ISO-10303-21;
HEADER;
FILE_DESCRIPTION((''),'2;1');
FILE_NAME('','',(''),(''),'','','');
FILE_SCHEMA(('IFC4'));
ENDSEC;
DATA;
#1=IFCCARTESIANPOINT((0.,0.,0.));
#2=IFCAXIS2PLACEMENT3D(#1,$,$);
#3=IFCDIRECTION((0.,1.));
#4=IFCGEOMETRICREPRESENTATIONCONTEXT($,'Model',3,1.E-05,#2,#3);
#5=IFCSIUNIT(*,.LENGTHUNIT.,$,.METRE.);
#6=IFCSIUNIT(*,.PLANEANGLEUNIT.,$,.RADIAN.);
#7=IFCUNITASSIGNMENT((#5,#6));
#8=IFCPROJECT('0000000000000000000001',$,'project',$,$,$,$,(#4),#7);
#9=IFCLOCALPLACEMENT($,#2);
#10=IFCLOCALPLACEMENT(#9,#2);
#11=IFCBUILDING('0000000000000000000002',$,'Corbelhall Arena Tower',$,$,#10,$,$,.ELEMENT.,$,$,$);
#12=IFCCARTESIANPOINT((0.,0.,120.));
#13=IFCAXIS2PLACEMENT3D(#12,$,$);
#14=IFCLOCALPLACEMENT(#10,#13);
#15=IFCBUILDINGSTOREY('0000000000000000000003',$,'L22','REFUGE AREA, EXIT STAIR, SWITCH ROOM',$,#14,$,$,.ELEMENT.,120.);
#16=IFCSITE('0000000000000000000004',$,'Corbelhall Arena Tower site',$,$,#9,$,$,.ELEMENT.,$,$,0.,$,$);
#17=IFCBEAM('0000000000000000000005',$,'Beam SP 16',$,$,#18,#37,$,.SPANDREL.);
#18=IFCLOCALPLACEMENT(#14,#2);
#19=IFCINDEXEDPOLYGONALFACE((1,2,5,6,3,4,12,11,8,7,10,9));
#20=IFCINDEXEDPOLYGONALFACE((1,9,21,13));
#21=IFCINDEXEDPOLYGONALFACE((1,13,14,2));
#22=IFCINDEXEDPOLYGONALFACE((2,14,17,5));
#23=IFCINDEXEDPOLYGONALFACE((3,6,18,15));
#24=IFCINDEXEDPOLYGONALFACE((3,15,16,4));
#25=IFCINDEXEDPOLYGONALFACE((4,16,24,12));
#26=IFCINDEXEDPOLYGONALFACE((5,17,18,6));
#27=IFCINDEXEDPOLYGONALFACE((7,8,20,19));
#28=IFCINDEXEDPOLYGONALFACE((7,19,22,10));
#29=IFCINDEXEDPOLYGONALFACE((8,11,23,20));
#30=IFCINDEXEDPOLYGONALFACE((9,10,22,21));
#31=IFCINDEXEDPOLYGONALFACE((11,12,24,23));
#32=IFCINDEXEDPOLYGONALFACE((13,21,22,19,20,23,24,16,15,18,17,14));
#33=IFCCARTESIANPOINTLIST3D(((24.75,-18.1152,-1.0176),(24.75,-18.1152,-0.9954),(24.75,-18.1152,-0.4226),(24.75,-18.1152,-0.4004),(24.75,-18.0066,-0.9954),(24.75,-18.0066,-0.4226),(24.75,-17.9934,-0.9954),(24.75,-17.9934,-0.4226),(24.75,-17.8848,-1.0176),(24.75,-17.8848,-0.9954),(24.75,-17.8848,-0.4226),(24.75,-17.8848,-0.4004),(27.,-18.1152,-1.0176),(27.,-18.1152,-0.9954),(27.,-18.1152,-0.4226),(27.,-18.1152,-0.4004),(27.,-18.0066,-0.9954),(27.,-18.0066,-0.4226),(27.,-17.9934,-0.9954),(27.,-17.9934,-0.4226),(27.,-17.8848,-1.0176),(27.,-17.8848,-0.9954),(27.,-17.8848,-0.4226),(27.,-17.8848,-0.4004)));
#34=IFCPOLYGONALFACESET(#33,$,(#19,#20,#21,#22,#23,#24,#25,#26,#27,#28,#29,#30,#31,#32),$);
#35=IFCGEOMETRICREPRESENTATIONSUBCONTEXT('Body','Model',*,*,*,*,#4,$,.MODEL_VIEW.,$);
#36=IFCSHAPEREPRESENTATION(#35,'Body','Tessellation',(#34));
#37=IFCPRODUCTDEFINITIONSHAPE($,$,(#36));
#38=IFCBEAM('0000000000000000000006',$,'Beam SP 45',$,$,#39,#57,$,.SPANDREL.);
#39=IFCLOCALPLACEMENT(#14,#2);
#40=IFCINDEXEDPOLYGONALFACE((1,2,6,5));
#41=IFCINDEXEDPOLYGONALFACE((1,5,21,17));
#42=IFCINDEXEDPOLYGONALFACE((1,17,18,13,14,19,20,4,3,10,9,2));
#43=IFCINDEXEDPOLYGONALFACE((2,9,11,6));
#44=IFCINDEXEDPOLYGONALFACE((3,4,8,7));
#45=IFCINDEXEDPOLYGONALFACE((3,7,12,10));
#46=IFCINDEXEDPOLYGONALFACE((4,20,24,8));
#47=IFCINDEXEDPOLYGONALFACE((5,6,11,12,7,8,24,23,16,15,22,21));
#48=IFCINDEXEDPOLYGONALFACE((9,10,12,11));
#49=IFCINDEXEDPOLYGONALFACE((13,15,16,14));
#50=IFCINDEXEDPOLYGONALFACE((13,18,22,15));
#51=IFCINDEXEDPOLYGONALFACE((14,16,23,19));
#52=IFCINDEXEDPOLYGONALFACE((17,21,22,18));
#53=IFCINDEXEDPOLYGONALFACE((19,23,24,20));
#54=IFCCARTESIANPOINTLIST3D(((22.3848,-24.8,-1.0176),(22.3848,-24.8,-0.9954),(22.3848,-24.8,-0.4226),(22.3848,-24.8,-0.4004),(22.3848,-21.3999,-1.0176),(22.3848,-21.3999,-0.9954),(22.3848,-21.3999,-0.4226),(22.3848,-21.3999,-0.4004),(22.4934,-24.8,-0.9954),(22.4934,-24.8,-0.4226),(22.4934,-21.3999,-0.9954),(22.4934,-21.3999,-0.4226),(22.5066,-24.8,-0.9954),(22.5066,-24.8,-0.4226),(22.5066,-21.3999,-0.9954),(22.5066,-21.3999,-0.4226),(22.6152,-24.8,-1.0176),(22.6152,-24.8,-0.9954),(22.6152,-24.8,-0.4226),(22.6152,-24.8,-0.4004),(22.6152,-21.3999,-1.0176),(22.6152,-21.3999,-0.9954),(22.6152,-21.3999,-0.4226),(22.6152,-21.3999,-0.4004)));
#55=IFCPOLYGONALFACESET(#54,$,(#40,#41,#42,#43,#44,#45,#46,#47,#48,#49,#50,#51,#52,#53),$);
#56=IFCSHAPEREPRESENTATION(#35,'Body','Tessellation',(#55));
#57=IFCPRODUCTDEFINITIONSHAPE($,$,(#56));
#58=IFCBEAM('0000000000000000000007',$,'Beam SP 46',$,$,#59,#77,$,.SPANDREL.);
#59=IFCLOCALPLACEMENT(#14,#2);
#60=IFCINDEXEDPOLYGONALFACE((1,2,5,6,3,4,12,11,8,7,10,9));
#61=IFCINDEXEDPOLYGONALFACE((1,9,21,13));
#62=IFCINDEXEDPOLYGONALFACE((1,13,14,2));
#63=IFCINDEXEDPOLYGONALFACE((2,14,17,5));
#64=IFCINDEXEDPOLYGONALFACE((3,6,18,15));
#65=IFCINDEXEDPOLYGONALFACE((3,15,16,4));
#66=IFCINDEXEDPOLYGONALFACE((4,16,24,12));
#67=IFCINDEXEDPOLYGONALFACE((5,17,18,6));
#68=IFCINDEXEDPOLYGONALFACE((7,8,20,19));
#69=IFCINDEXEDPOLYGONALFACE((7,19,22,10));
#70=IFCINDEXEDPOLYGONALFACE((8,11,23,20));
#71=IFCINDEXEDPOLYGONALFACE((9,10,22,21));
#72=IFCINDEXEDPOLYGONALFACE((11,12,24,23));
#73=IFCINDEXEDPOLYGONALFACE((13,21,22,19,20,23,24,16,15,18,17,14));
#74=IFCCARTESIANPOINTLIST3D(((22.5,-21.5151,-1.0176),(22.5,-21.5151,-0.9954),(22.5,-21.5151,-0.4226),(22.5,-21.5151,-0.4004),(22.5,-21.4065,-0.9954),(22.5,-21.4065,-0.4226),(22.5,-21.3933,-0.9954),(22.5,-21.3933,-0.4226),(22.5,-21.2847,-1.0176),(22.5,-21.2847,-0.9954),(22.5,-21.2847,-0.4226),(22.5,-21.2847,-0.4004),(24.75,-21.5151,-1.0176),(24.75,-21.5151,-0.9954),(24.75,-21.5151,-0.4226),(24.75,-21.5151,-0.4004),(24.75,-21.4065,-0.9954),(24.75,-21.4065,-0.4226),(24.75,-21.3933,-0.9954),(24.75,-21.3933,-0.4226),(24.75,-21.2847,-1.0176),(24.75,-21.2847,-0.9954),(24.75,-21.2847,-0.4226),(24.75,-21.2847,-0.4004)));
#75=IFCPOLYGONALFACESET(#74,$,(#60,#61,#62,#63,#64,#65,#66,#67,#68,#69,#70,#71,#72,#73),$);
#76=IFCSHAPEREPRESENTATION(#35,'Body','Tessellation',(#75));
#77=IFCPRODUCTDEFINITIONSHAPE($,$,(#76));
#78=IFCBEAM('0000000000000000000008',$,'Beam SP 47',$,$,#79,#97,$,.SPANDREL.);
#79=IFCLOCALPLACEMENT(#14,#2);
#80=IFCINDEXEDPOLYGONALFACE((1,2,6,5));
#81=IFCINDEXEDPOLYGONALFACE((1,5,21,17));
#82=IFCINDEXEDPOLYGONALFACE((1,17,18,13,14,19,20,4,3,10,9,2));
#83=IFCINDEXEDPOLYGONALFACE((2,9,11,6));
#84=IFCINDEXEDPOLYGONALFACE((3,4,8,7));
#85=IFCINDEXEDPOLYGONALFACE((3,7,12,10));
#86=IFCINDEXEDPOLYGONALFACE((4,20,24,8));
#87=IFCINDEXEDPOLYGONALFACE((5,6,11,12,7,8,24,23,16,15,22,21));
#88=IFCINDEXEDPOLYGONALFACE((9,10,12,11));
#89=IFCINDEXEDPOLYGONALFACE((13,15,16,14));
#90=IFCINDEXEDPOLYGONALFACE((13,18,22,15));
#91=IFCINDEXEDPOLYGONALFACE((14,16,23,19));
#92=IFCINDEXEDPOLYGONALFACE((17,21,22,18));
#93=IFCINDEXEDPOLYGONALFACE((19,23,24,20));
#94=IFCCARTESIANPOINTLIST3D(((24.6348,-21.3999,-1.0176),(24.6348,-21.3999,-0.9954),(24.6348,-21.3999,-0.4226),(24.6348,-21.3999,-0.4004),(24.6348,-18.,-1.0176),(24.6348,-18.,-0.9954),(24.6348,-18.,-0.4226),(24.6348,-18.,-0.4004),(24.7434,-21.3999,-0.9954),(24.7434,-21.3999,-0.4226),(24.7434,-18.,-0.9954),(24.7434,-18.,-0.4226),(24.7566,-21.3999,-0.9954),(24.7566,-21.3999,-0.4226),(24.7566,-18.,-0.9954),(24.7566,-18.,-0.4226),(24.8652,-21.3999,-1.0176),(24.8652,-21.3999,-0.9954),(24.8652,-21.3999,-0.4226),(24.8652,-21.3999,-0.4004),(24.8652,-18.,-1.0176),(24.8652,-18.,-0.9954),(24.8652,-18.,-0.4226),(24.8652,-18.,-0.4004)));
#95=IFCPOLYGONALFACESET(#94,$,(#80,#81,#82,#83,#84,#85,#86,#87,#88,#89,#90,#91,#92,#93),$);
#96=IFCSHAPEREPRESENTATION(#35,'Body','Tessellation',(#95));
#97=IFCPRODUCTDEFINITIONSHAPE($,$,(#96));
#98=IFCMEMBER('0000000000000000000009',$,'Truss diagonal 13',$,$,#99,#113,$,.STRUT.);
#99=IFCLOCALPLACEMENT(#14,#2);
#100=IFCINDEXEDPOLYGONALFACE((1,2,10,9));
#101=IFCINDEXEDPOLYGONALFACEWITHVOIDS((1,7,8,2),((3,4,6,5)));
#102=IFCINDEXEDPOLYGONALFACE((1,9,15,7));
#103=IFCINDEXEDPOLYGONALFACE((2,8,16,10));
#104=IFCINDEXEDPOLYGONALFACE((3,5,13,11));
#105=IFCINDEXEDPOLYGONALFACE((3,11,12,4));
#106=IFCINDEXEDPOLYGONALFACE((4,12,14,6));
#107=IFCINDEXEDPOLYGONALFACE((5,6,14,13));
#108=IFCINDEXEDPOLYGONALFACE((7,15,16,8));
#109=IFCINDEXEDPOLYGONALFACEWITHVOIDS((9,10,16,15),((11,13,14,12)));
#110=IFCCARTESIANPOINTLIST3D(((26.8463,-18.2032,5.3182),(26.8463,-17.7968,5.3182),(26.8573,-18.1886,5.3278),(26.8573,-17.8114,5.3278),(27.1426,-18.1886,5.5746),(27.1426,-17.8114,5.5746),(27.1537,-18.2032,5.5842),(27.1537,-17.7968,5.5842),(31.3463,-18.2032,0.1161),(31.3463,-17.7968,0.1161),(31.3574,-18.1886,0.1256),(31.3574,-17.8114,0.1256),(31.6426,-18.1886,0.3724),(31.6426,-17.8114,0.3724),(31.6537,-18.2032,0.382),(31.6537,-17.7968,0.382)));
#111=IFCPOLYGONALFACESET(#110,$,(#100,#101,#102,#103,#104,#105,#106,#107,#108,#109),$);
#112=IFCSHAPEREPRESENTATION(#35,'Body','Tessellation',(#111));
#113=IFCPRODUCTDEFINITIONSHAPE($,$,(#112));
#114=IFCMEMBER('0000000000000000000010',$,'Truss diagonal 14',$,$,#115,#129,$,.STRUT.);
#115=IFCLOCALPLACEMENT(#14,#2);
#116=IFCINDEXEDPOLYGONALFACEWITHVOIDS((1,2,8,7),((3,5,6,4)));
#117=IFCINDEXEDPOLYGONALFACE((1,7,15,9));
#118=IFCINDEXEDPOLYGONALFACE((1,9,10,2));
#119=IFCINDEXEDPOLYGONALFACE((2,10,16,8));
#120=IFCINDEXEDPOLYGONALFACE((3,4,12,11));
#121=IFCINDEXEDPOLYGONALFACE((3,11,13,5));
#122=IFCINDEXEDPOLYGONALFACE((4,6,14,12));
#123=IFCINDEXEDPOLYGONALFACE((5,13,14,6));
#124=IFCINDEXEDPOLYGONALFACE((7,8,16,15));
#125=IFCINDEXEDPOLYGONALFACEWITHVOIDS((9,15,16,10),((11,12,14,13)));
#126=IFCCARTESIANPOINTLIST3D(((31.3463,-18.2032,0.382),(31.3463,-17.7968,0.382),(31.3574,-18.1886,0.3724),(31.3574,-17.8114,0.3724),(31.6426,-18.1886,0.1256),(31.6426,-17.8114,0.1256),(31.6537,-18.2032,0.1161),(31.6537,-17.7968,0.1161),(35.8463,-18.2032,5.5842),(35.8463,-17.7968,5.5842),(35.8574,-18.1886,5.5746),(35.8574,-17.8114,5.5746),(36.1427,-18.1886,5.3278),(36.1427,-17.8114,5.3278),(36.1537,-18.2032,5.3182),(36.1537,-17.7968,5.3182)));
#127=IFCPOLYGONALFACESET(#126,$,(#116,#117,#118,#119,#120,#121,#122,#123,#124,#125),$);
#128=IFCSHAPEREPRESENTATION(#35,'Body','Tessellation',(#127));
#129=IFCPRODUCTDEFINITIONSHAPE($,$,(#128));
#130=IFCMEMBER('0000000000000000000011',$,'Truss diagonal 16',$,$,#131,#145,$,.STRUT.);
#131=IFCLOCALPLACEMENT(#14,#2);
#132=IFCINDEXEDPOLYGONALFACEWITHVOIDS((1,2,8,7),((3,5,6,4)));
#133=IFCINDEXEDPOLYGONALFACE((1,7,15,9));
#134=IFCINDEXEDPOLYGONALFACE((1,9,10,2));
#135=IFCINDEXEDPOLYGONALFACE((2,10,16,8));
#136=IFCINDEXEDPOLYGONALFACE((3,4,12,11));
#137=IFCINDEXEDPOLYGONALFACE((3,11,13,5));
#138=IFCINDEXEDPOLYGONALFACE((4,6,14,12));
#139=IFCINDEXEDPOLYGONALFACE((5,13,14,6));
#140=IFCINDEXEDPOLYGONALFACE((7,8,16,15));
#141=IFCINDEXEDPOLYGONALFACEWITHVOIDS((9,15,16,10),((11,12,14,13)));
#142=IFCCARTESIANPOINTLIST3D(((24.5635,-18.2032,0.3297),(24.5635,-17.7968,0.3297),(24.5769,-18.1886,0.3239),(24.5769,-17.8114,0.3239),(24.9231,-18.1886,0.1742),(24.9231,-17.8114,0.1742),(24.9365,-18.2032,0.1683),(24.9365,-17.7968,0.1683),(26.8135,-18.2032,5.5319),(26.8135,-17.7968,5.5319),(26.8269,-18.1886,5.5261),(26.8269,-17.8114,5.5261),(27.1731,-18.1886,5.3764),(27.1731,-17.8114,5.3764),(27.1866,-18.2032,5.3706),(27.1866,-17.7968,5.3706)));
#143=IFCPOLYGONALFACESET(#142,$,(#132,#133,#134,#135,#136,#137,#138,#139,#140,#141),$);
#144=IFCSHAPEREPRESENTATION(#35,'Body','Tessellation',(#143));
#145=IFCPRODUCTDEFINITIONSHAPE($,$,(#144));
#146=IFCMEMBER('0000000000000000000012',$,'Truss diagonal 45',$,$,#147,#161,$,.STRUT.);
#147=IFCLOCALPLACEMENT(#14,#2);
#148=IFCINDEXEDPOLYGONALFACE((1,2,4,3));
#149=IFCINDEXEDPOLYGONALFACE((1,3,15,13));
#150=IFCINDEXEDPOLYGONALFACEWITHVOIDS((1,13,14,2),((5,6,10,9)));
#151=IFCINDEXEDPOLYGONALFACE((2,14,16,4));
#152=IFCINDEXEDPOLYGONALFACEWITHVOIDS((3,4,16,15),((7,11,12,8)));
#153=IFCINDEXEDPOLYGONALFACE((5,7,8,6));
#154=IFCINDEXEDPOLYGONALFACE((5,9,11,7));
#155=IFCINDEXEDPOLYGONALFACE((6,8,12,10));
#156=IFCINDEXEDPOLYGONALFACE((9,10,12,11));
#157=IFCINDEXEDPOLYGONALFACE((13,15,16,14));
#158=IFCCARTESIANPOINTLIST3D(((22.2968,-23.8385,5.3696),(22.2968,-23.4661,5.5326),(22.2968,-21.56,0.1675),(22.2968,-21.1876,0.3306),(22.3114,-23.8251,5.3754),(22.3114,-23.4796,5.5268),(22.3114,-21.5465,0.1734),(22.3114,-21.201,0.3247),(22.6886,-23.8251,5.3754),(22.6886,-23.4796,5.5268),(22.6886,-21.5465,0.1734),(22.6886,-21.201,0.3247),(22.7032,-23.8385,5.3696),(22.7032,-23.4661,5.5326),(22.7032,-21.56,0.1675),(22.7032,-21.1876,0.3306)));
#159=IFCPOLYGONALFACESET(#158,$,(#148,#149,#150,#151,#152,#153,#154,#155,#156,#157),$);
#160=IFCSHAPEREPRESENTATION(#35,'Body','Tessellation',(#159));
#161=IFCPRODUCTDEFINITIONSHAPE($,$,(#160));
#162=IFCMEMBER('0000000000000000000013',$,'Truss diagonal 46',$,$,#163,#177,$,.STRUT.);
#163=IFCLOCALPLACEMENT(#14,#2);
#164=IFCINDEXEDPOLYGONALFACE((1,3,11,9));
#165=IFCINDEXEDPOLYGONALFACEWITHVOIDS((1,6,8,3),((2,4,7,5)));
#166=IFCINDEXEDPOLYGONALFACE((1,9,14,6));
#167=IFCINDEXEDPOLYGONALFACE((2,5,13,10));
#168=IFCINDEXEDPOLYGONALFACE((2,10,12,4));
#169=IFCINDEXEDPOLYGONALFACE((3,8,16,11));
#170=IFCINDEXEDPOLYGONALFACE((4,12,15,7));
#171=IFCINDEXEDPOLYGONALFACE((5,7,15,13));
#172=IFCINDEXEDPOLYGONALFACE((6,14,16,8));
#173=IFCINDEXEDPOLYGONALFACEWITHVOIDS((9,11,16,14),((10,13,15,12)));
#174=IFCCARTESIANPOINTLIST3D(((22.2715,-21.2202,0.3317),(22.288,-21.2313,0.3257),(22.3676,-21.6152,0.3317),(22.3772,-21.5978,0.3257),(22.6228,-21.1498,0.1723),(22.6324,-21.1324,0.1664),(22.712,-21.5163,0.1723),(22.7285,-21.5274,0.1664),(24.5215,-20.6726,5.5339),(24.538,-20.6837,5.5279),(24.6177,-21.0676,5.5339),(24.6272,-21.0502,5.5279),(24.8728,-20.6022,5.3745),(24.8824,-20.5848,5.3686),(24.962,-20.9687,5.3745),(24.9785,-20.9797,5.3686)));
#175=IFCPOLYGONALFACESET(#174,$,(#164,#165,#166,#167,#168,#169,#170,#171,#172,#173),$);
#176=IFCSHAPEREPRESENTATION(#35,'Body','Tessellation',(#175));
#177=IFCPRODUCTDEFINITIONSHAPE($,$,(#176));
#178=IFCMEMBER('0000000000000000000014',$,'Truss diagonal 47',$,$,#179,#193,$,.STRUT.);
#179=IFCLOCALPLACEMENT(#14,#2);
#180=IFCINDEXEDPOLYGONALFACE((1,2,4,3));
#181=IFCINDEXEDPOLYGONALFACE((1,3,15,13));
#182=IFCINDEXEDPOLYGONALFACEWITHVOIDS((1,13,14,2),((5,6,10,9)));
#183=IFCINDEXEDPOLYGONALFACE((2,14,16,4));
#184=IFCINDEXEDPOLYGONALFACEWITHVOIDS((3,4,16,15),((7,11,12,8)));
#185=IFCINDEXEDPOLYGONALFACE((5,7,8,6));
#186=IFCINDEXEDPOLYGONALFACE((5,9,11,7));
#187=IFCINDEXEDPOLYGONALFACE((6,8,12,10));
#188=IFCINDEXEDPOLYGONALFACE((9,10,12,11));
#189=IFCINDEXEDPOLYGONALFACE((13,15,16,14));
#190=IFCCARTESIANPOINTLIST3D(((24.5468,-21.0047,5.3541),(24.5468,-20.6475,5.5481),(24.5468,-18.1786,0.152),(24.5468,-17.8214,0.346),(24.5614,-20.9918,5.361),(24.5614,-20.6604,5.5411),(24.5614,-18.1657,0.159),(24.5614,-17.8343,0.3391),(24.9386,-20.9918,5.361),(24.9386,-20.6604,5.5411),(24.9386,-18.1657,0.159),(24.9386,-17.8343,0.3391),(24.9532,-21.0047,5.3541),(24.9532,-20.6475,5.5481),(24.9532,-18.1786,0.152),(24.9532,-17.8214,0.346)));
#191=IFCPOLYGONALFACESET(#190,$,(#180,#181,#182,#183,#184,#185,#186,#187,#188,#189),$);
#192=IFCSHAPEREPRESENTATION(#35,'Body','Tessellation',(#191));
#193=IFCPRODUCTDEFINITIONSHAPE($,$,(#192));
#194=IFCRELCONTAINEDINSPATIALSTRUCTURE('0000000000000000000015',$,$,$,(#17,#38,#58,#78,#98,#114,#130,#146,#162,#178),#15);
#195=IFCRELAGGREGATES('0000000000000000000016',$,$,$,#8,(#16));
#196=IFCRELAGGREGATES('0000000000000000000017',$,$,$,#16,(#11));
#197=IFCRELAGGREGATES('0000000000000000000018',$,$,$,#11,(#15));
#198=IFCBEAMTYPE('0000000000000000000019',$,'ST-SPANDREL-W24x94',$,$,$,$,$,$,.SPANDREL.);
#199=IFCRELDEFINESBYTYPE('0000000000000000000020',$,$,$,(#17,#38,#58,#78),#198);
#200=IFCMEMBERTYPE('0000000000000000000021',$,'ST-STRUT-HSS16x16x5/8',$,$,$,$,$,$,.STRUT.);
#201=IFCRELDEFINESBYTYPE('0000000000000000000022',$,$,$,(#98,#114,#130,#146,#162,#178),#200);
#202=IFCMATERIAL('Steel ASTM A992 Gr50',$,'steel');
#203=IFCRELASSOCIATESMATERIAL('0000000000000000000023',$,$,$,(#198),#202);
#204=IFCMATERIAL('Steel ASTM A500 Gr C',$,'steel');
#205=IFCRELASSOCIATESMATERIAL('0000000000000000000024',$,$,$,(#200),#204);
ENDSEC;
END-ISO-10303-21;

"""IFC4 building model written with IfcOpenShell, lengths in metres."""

from ifc_helpers import new_model, si_unit, direction, frame, origin, origin_2d, place, context, subcontext, project, spatial, hollow_rectangle, i_section, extrude, material, material_profile, profile_set, type_object, element, save


model = new_model("IFC4")

# Units and contexts
model_context = context("Model", 3, precision=1e-05, world=origin(), true_north=direction((0.0, 1.0)))
body_context = subcontext(model_context, "Body", "Model", "MODEL_VIEW")
ifc_project = project(units=[si_unit("LENGTHUNIT", "METRE"), si_unit("PLANEANGLEUNIT", "RADIAN")], contexts=[model_context])

# Site, building, storey
site_placement = place(None, origin())
site = spatial("IfcSite", under=ifc_project, at=site_placement, Name="Corbelhall Arena Tower site", CompositionType="ELEMENT", RefElevation=0.0)
building_placement = place(site_placement, origin())
building = spatial("IfcBuilding", under=site, at=building_placement, Name="Corbelhall Arena Tower", CompositionType="ELEMENT")
storey_placement = place(building_placement, frame((0.0, 0.0, 120.0)))
storey = spatial("IfcBuildingStorey", under=building, at=storey_placement, Name="L22", Description="REFUGE AREA, EXIT STAIR, SWITCH ROOM", CompositionType="ELEMENT", Elevation=120.0)

# Beams
ifc_material_1 = material(Name="Steel ASTM A992 Gr50", Category="steel")
ifc_material_profile_1 = material_profile(ifc_material_1, i_section(OverallWidth=0.2305, OverallDepth=0.6172, WebThickness=0.0132, FlangeThickness=0.0222, at=origin_2d()))
ifc_profile_set_1 = profile_set([ifc_material_profile_1], Name="Steel ASTM A992 Gr50")
beam_type = type_object("IfcBeamType", Name="ST-SPANDREL-W24x94", PredefinedType="SPANDREL", material=ifc_profile_set_1)
beam_1_placement = place(storey_placement, frame((27.0, -18.0, -0.709), z_axis=(-1.0, 0.0, 0.0), x_axis=(0.0, -1.0, 0.0)))
element("IfcBeam", 1, at=beam_1_placement, inside=storey, type_object=beam_type, Name="Beam SP 16", PredefinedType="SPANDREL", context=body_context, shape_type="SweptSolid", body=[
    extrude(i_section(OverallWidth=0.2305, OverallDepth=0.6172, WebThickness=0.0132, FlangeThickness=0.0222, at=origin_2d()), origin(), (0.0, 0.0, 1.0), 2.25),
])
beam_2_placement = place(storey_placement, frame((22.5, -21.3999, -0.709), z_axis=(0.0, -1.0, 0.0), x_axis=(1.0, 0.0, 0.0)))
element("IfcBeam", 2, at=beam_2_placement, inside=storey, type_object=beam_type, Name="Beam SP 45", PredefinedType="SPANDREL", context=body_context, shape_type="SweptSolid", body=[
    extrude(i_section(OverallWidth=0.2305, OverallDepth=0.6172, WebThickness=0.0132, FlangeThickness=0.0222, at=origin_2d()), origin(), (0.0, 0.0, 1.0), 3.4001),
])
beam_3_placement = place(storey_placement, frame((24.75, -21.3999, -0.709), z_axis=(-1.0, 0.0, 0.0), x_axis=(0.0, -1.0, 0.0)))
element("IfcBeam", 3, at=beam_3_placement, inside=storey, type_object=beam_type, Name="Beam SP 46", PredefinedType="SPANDREL", context=body_context, shape_type="SweptSolid", body=[
    extrude(i_section(OverallWidth=0.2305, OverallDepth=0.6172, WebThickness=0.0132, FlangeThickness=0.0222, at=origin_2d()), origin(), (0.0, 0.0, 1.0), 2.25),
])
beam_4_placement = place(storey_placement, frame((24.75, -18.0, -0.709), z_axis=(0.0, -1.0, 0.0), x_axis=(1.0, 0.0, 0.0)))
element("IfcBeam", 4, at=beam_4_placement, inside=storey, type_object=beam_type, Name="Beam SP 47", PredefinedType="SPANDREL", context=body_context, shape_type="SweptSolid", body=[
    extrude(i_section(OverallWidth=0.2305, OverallDepth=0.6172, WebThickness=0.0132, FlangeThickness=0.0222, at=origin_2d()), origin(), (0.0, 0.0, 1.0), 3.3999),
])

# Members
ifc_material_2 = material(Name="Steel ASTM A500 Gr C", Category="steel")
ifc_material_profile_2 = material_profile(ifc_material_2, hollow_rectangle(XDim=0.4065, YDim=0.4065, WallThickness=0.0146, at=origin_2d()))
ifc_profile_set_2 = profile_set([ifc_material_profile_2], Name="Steel ASTM A500 Gr C")
member_type_1 = type_object("IfcMemberType", Name="ST-STRUT-HSS16x16x5/8", PredefinedType="STRUT", material=ifc_profile_set_2)
for number, where, z_axis, x_axis, name in (
    (5, (31.5, -18.0, 0.249), (-0.654222, 0.0, 0.756302), (0.0, -1.0, 0.0), "Truss diagonal 13"),
    (6, (31.5, -18.0, 0.249), (0.654222, 0.0, 0.756302), (0.0, 1.0, 0.0), "Truss diagonal 14"),
):
    element("IfcMember", number, at=place(storey_placement, frame(where, z_axis=z_axis, x_axis=x_axis)), inside=storey, type_object=member_type_1, Name=name, PredefinedType="STRUT", context=body_context, shape_type="SweptSolid", body=[
        extrude(hollow_rectangle(XDim=0.4065, YDim=0.4065, WallThickness=0.0146, at=origin_2d()), origin(), (0.0, 0.0, 1.0), 6.8784),
    ])
member_1_placement = place(storey_placement, frame((24.75, -18.0, 0.249), z_axis=(0.396974, 0.0, 0.91783), x_axis=(0.0, 1.0, 0.0)))
element("IfcMember", 7, at=member_1_placement, inside=storey, type_object=member_type_1, Name="Truss diagonal 16", PredefinedType="STRUT", context=body_context, shape_type="SweptSolid", body=[
    extrude(hollow_rectangle(XDim=0.4065, YDim=0.4065, WallThickness=0.0146, at=origin_2d()), origin(), (0.0, 0.0, 1.0), 5.668),
])
member_2_placement = place(storey_placement, frame((22.5, -21.3738, 0.249), z_axis=(0.0, -0.401207, 0.915988), x_axis=(1.0, 0.0, 0.0)))
element("IfcMember", 8, at=member_2_placement, inside=storey, type_object=member_type_1, Name="Truss diagonal 45", PredefinedType="STRUT", context=body_context, shape_type="SweptSolid", body=[
    extrude(hollow_rectangle(XDim=0.4065, YDim=0.4065, WallThickness=0.0146, at=origin_2d()), origin(), (0.0, 0.0, 1.0), 5.6792),
])
member_3_placement = place(storey_placement, frame((22.5, -21.3738, 0.249), z_axis=(0.395134, 0.096168, 0.913576), x_axis=(-0.236478, 0.971637, 0.0)))
element("IfcMember", 9, at=member_3_placement, inside=storey, type_object=member_type_1, Name="Truss diagonal 46", PredefinedType="STRUT", context=body_context, shape_type="SweptSolid", body=[
    extrude(hollow_rectangle(XDim=0.4065, YDim=0.4065, WallThickness=0.0146, at=origin_2d()), origin(), (0.0, 0.0, 1.0), 5.6943),
])
member_4_placement = place(storey_placement, frame((24.75, -18.0, 0.249), z_axis=(0.0, -0.477372, 0.878701), x_axis=(1.0, 0.0, 0.0)))
element("IfcMember", 10, at=member_4_placement, inside=storey, type_object=member_type_1, Name="Truss diagonal 47", PredefinedType="STRUT", context=body_context, shape_type="SweptSolid", body=[
    extrude(hollow_rectangle(XDim=0.4065, YDim=0.4065, WallThickness=0.0146, at=origin_2d()), origin(), (0.0, 0.0, 1.0), 5.9202),
])

save(model, "model.ifc")
